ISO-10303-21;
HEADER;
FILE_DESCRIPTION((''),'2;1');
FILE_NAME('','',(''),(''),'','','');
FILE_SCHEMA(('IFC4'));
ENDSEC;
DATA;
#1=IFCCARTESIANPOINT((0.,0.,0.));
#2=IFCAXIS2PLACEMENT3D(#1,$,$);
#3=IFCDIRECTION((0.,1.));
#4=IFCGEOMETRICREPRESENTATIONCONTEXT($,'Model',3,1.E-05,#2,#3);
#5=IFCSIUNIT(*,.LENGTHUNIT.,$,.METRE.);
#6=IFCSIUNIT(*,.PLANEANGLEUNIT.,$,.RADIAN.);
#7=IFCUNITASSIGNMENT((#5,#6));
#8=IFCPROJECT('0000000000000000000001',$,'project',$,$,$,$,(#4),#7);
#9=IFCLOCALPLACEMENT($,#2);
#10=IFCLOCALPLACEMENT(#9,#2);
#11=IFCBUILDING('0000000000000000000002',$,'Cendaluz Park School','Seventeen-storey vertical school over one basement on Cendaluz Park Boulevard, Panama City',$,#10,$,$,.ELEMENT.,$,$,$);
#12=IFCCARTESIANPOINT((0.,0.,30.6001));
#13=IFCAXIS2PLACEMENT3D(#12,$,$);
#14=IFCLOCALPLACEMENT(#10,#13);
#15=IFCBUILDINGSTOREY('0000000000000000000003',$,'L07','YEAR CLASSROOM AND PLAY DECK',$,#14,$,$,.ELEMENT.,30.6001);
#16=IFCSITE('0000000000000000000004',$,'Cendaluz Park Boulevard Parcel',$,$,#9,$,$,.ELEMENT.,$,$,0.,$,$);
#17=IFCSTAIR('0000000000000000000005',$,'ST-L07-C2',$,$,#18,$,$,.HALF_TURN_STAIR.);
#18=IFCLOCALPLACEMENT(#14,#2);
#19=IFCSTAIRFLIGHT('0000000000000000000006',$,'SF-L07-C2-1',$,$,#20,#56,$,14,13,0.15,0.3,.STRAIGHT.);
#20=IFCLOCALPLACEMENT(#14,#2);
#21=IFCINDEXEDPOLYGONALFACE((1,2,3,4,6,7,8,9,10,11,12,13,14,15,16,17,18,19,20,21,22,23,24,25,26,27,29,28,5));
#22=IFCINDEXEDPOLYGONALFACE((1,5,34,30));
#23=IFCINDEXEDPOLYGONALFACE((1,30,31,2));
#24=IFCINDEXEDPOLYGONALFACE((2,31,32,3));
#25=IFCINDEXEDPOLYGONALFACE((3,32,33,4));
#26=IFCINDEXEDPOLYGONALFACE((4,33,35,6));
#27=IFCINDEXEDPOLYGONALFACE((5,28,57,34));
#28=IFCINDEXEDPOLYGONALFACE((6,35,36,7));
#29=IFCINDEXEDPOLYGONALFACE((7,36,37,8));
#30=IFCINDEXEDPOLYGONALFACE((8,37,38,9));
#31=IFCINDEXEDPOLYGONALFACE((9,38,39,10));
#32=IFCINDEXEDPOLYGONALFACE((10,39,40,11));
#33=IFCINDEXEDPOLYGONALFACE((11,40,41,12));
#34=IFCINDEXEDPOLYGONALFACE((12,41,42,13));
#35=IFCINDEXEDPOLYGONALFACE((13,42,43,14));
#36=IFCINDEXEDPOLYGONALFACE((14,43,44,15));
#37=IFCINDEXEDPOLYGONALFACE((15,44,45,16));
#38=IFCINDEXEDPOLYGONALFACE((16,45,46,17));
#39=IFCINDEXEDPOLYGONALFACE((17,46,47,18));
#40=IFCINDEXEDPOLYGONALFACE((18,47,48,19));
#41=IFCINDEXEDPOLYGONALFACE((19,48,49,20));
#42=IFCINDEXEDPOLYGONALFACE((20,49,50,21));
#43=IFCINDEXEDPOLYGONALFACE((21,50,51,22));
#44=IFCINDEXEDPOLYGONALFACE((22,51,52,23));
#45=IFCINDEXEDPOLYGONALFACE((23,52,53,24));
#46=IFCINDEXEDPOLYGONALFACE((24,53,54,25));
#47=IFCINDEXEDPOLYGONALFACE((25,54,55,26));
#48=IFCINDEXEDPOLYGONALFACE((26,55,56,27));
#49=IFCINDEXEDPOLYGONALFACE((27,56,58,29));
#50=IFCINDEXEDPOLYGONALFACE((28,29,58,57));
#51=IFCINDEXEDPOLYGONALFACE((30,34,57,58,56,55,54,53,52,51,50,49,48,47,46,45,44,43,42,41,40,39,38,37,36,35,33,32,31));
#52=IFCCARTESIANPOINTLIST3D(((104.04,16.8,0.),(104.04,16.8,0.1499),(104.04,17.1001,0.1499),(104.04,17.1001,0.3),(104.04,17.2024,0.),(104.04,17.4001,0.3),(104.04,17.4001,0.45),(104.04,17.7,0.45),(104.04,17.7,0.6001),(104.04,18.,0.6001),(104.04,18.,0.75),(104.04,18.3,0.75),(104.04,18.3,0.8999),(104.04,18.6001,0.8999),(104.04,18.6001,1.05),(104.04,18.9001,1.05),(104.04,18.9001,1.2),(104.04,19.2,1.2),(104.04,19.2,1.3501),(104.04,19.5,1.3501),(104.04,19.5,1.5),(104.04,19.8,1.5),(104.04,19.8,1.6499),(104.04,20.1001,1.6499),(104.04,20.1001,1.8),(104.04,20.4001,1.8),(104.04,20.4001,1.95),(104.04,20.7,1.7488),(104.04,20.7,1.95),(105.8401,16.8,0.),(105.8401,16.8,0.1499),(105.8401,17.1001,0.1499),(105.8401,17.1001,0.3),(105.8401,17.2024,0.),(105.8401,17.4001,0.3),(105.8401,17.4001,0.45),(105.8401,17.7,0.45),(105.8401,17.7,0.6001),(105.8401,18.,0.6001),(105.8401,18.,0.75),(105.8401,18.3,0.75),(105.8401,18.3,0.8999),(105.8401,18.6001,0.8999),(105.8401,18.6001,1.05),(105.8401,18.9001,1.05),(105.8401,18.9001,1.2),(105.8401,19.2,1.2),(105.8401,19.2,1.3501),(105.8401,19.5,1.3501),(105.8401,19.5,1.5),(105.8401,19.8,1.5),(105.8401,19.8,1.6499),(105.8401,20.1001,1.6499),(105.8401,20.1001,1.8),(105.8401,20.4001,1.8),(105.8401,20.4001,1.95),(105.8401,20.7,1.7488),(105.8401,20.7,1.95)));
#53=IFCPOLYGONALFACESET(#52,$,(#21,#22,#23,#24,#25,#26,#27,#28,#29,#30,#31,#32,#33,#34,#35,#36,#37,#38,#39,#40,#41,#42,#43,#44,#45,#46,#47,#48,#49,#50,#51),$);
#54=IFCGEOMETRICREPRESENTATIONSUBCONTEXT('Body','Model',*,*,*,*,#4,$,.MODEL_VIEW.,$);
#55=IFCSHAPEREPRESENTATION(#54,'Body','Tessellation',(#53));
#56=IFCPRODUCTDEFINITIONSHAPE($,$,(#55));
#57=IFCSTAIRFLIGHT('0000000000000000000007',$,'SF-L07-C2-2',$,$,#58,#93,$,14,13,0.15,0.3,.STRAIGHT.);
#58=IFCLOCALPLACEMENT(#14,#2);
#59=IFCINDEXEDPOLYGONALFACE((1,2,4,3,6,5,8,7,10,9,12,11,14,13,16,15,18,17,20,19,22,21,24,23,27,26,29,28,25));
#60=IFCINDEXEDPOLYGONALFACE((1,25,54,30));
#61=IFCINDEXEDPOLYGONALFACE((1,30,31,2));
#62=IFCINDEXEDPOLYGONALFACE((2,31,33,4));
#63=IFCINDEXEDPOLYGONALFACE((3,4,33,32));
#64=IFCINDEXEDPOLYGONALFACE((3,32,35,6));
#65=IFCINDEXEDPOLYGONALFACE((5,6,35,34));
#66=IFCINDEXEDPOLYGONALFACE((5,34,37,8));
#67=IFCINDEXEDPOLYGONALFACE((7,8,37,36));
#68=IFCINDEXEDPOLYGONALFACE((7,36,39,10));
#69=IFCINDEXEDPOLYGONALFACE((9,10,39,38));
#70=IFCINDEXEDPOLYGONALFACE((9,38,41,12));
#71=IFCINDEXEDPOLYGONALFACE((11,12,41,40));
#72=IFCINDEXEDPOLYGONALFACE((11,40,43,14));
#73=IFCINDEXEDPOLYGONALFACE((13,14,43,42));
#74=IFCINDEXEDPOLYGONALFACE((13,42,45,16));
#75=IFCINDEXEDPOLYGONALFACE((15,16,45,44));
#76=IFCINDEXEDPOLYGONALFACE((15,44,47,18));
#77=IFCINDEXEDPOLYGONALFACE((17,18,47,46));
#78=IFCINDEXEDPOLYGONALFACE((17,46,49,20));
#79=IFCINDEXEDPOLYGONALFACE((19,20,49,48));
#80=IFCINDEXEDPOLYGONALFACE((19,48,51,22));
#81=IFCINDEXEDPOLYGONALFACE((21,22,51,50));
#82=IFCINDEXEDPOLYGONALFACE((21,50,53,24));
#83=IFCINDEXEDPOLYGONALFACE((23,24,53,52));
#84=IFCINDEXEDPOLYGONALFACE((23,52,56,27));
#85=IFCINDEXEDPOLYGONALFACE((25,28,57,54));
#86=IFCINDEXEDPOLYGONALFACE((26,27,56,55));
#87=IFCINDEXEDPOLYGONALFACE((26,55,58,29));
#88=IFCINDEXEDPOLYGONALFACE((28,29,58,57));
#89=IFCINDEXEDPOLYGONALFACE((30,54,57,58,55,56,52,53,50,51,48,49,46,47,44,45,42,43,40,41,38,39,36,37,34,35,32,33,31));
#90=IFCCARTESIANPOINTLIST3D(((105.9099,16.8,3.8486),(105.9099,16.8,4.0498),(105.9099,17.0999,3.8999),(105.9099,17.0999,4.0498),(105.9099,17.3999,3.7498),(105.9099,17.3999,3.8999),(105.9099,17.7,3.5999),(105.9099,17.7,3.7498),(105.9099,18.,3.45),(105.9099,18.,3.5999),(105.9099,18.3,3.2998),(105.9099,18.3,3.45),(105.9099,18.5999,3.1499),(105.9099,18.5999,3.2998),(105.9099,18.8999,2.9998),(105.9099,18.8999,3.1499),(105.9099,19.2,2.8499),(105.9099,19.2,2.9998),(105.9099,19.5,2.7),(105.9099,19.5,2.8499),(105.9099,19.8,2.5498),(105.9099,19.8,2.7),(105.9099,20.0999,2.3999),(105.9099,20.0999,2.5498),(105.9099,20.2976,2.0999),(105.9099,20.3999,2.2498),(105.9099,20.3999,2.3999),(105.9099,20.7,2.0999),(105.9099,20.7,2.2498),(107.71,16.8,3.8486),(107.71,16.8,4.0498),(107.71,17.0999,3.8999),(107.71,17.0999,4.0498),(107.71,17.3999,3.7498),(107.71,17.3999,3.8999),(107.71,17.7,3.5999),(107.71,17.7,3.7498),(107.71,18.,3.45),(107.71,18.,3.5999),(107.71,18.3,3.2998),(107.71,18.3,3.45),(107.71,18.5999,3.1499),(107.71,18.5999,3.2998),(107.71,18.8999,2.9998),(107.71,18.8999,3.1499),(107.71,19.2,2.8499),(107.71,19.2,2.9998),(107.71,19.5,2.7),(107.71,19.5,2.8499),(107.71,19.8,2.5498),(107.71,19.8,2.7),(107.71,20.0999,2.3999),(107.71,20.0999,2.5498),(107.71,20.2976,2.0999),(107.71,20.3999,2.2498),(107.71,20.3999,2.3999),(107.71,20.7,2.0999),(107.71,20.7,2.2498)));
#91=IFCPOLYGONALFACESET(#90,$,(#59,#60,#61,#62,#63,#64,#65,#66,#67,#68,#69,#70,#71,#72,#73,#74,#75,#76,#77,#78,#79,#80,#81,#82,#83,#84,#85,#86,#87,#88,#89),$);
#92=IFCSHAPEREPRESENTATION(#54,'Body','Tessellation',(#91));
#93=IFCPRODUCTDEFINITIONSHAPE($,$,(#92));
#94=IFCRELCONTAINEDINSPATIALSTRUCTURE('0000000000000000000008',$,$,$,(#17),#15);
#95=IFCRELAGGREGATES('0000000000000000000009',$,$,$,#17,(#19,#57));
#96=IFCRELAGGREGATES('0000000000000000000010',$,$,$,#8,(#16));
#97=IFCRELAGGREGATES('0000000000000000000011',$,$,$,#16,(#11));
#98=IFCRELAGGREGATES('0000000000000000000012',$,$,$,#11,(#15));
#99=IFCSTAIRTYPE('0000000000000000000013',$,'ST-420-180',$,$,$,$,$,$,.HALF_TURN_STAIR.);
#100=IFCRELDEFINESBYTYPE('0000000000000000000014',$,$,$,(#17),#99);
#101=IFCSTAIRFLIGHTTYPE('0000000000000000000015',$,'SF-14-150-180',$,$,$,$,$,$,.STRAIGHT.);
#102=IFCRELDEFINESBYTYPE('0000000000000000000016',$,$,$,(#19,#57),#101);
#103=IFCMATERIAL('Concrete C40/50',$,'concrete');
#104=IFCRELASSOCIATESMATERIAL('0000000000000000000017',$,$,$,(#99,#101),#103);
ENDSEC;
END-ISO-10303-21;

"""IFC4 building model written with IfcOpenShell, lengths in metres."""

from ifc_helpers import new_model, si_unit, direction, frame, origin, place, context, subcontext, project, spatial, polyline, outline, extrude, material, type_object, element, aggregate, save


model = new_model("IFC4")

# Units and contexts
model_context = context("Model", 3, precision=1e-05, world=origin(), true_north=direction((0.0, 1.0)))
body_context = subcontext(model_context, "Body", "Model", "MODEL_VIEW")
ifc_project = project(units=[si_unit("LENGTHUNIT", "METRE"), si_unit("PLANEANGLEUNIT", "RADIAN")], contexts=[model_context])

# Site, building, storey
site_placement = place(None, origin())
site = spatial("IfcSite", under=ifc_project, at=site_placement, Name="Cendaluz Park Boulevard Parcel", CompositionType="ELEMENT", RefElevation=0.0)
building_placement = place(site_placement, origin())
building = spatial("IfcBuilding", under=site, at=building_placement, Name="Cendaluz Park School", Description="Seventeen-storey vertical school over one basement on Cendaluz Park Boulevard, Panama City", CompositionType="ELEMENT")
storey_placement = place(building_placement, frame((0.0, 0.0, 30.6001)))
storey = spatial("IfcBuildingStorey", under=building, at=storey_placement, Name="L07", Description="YEAR CLASSROOM AND PLAY DECK", CompositionType="ELEMENT", Elevation=30.6001)

# Shared definitions
ifc_material_1 = material(Name="Concrete C40/50", Category="concrete")

# Stair, stair flights
stair_type = type_object("IfcStairType", Name="ST-420-180", PredefinedType="HALF_TURN_STAIR", material=ifc_material_1)
stair_placement = place(storey_placement, origin())
stair = element("IfcStair", 1, at=stair_placement, inside=storey, type_object=stair_type, Name="ST-L07-C2", PredefinedType="HALF_TURN_STAIR")
stair_flight_type = type_object("IfcStairFlightType", Name="SF-14-150-180", PredefinedType="STRAIGHT", material=ifc_material_1)
stair_flight_1_placement = place(storey_placement, frame((104.9399, 16.8, 0.0), z_axis=(0.0, 0.0, 1.0), x_axis=(0.0, 1.0, 0.0)))
stair_flight_1 = element("IfcStairFlight", 2, at=stair_flight_1_placement, type_object=stair_flight_type, Name="SF-L07-C2-1", NumberOfRisers=14, NumberOfTreads=13, PredefinedType="STRAIGHT", RiserHeight=0.15, TreadLength=0.3, context=body_context, shape_type="SweptSolid", body=[
    extrude(outline(polyline([(0.0, 0.0), (0.0, 0.1499), (0.3, 0.1499), (0.3, 0.3), (0.6001, 0.3), (0.6001, 0.45), (0.8999, 0.45), (0.8999, 0.6001), (1.2, 0.6001), (1.2, 0.75), (1.5, 0.75), (1.5, 0.8999), (1.8, 0.8999), (1.8, 1.05), (2.1001, 1.05), (2.1001, 1.2), (2.3999, 1.2), (2.3999, 1.3501), (2.7, 1.3501), (2.7, 1.5), (3.0, 1.5), (3.0, 1.6499), (3.3, 1.6499), (3.3, 1.8), (3.6001, 1.8), (3.6001, 1.95), (3.8999, 1.95), (3.8999, 2.1001), (3.8999, 1.7488), (0.4023, 0.0), (0.0, 0.0)])), frame((0.0, 0.8999, 0.0), z_axis=(0.0, -1.0, 0.0), x_axis=(1.0, 0.0, 0.0)), (0.0, 0.0, 1.0), 1.8),
])
stair_flight_2_placement = place(storey_placement, frame((106.8101, 20.7, 2.0999), z_axis=(0.0, 0.0, 1.0), x_axis=(0.0, -1.0, 0.0)))
stair_flight_2 = element("IfcStairFlight", 3, at=stair_flight_2_placement, type_object=stair_flight_type, Name="SF-L07-C2-2", NumberOfRisers=14, NumberOfTreads=13, PredefinedType="STRAIGHT", RiserHeight=0.15, TreadLength=0.3, context=body_context, shape_type="SweptSolid", body=[
    extrude(outline(polyline([(0.0, 0.0), (0.0, 0.1499), (0.3, 0.1499), (0.3, 0.3), (0.6001, 0.3), (0.6001, 0.45), (0.8999, 0.45), (0.8999, 0.6001), (1.2, 0.6001), (1.2, 0.75), (1.5, 0.75), (1.5, 0.8999), (1.8, 0.8999), (1.8, 1.05), (2.1001, 1.05), (2.1001, 1.2), (2.3999, 1.2), (2.3999, 1.3501), (2.7, 1.3501), (2.7, 1.5), (3.0, 1.5), (3.0, 1.6499), (3.3, 1.6499), (3.3, 1.8), (3.6001, 1.8), (3.6001, 1.95), (3.8999, 1.95), (3.8999, 2.1001), (3.8999, 1.7488), (0.4023, 0.0), (0.0, 0.0)])), frame((0.0, 0.8999, 0.0), z_axis=(0.0, -1.0, 0.0), x_axis=(1.0, 0.0, 0.0)), (0.0, 0.0, 1.0), 1.8),
])
aggregate(stair, [stair_flight_1, stair_flight_2])

save(model, "model.ifc")
